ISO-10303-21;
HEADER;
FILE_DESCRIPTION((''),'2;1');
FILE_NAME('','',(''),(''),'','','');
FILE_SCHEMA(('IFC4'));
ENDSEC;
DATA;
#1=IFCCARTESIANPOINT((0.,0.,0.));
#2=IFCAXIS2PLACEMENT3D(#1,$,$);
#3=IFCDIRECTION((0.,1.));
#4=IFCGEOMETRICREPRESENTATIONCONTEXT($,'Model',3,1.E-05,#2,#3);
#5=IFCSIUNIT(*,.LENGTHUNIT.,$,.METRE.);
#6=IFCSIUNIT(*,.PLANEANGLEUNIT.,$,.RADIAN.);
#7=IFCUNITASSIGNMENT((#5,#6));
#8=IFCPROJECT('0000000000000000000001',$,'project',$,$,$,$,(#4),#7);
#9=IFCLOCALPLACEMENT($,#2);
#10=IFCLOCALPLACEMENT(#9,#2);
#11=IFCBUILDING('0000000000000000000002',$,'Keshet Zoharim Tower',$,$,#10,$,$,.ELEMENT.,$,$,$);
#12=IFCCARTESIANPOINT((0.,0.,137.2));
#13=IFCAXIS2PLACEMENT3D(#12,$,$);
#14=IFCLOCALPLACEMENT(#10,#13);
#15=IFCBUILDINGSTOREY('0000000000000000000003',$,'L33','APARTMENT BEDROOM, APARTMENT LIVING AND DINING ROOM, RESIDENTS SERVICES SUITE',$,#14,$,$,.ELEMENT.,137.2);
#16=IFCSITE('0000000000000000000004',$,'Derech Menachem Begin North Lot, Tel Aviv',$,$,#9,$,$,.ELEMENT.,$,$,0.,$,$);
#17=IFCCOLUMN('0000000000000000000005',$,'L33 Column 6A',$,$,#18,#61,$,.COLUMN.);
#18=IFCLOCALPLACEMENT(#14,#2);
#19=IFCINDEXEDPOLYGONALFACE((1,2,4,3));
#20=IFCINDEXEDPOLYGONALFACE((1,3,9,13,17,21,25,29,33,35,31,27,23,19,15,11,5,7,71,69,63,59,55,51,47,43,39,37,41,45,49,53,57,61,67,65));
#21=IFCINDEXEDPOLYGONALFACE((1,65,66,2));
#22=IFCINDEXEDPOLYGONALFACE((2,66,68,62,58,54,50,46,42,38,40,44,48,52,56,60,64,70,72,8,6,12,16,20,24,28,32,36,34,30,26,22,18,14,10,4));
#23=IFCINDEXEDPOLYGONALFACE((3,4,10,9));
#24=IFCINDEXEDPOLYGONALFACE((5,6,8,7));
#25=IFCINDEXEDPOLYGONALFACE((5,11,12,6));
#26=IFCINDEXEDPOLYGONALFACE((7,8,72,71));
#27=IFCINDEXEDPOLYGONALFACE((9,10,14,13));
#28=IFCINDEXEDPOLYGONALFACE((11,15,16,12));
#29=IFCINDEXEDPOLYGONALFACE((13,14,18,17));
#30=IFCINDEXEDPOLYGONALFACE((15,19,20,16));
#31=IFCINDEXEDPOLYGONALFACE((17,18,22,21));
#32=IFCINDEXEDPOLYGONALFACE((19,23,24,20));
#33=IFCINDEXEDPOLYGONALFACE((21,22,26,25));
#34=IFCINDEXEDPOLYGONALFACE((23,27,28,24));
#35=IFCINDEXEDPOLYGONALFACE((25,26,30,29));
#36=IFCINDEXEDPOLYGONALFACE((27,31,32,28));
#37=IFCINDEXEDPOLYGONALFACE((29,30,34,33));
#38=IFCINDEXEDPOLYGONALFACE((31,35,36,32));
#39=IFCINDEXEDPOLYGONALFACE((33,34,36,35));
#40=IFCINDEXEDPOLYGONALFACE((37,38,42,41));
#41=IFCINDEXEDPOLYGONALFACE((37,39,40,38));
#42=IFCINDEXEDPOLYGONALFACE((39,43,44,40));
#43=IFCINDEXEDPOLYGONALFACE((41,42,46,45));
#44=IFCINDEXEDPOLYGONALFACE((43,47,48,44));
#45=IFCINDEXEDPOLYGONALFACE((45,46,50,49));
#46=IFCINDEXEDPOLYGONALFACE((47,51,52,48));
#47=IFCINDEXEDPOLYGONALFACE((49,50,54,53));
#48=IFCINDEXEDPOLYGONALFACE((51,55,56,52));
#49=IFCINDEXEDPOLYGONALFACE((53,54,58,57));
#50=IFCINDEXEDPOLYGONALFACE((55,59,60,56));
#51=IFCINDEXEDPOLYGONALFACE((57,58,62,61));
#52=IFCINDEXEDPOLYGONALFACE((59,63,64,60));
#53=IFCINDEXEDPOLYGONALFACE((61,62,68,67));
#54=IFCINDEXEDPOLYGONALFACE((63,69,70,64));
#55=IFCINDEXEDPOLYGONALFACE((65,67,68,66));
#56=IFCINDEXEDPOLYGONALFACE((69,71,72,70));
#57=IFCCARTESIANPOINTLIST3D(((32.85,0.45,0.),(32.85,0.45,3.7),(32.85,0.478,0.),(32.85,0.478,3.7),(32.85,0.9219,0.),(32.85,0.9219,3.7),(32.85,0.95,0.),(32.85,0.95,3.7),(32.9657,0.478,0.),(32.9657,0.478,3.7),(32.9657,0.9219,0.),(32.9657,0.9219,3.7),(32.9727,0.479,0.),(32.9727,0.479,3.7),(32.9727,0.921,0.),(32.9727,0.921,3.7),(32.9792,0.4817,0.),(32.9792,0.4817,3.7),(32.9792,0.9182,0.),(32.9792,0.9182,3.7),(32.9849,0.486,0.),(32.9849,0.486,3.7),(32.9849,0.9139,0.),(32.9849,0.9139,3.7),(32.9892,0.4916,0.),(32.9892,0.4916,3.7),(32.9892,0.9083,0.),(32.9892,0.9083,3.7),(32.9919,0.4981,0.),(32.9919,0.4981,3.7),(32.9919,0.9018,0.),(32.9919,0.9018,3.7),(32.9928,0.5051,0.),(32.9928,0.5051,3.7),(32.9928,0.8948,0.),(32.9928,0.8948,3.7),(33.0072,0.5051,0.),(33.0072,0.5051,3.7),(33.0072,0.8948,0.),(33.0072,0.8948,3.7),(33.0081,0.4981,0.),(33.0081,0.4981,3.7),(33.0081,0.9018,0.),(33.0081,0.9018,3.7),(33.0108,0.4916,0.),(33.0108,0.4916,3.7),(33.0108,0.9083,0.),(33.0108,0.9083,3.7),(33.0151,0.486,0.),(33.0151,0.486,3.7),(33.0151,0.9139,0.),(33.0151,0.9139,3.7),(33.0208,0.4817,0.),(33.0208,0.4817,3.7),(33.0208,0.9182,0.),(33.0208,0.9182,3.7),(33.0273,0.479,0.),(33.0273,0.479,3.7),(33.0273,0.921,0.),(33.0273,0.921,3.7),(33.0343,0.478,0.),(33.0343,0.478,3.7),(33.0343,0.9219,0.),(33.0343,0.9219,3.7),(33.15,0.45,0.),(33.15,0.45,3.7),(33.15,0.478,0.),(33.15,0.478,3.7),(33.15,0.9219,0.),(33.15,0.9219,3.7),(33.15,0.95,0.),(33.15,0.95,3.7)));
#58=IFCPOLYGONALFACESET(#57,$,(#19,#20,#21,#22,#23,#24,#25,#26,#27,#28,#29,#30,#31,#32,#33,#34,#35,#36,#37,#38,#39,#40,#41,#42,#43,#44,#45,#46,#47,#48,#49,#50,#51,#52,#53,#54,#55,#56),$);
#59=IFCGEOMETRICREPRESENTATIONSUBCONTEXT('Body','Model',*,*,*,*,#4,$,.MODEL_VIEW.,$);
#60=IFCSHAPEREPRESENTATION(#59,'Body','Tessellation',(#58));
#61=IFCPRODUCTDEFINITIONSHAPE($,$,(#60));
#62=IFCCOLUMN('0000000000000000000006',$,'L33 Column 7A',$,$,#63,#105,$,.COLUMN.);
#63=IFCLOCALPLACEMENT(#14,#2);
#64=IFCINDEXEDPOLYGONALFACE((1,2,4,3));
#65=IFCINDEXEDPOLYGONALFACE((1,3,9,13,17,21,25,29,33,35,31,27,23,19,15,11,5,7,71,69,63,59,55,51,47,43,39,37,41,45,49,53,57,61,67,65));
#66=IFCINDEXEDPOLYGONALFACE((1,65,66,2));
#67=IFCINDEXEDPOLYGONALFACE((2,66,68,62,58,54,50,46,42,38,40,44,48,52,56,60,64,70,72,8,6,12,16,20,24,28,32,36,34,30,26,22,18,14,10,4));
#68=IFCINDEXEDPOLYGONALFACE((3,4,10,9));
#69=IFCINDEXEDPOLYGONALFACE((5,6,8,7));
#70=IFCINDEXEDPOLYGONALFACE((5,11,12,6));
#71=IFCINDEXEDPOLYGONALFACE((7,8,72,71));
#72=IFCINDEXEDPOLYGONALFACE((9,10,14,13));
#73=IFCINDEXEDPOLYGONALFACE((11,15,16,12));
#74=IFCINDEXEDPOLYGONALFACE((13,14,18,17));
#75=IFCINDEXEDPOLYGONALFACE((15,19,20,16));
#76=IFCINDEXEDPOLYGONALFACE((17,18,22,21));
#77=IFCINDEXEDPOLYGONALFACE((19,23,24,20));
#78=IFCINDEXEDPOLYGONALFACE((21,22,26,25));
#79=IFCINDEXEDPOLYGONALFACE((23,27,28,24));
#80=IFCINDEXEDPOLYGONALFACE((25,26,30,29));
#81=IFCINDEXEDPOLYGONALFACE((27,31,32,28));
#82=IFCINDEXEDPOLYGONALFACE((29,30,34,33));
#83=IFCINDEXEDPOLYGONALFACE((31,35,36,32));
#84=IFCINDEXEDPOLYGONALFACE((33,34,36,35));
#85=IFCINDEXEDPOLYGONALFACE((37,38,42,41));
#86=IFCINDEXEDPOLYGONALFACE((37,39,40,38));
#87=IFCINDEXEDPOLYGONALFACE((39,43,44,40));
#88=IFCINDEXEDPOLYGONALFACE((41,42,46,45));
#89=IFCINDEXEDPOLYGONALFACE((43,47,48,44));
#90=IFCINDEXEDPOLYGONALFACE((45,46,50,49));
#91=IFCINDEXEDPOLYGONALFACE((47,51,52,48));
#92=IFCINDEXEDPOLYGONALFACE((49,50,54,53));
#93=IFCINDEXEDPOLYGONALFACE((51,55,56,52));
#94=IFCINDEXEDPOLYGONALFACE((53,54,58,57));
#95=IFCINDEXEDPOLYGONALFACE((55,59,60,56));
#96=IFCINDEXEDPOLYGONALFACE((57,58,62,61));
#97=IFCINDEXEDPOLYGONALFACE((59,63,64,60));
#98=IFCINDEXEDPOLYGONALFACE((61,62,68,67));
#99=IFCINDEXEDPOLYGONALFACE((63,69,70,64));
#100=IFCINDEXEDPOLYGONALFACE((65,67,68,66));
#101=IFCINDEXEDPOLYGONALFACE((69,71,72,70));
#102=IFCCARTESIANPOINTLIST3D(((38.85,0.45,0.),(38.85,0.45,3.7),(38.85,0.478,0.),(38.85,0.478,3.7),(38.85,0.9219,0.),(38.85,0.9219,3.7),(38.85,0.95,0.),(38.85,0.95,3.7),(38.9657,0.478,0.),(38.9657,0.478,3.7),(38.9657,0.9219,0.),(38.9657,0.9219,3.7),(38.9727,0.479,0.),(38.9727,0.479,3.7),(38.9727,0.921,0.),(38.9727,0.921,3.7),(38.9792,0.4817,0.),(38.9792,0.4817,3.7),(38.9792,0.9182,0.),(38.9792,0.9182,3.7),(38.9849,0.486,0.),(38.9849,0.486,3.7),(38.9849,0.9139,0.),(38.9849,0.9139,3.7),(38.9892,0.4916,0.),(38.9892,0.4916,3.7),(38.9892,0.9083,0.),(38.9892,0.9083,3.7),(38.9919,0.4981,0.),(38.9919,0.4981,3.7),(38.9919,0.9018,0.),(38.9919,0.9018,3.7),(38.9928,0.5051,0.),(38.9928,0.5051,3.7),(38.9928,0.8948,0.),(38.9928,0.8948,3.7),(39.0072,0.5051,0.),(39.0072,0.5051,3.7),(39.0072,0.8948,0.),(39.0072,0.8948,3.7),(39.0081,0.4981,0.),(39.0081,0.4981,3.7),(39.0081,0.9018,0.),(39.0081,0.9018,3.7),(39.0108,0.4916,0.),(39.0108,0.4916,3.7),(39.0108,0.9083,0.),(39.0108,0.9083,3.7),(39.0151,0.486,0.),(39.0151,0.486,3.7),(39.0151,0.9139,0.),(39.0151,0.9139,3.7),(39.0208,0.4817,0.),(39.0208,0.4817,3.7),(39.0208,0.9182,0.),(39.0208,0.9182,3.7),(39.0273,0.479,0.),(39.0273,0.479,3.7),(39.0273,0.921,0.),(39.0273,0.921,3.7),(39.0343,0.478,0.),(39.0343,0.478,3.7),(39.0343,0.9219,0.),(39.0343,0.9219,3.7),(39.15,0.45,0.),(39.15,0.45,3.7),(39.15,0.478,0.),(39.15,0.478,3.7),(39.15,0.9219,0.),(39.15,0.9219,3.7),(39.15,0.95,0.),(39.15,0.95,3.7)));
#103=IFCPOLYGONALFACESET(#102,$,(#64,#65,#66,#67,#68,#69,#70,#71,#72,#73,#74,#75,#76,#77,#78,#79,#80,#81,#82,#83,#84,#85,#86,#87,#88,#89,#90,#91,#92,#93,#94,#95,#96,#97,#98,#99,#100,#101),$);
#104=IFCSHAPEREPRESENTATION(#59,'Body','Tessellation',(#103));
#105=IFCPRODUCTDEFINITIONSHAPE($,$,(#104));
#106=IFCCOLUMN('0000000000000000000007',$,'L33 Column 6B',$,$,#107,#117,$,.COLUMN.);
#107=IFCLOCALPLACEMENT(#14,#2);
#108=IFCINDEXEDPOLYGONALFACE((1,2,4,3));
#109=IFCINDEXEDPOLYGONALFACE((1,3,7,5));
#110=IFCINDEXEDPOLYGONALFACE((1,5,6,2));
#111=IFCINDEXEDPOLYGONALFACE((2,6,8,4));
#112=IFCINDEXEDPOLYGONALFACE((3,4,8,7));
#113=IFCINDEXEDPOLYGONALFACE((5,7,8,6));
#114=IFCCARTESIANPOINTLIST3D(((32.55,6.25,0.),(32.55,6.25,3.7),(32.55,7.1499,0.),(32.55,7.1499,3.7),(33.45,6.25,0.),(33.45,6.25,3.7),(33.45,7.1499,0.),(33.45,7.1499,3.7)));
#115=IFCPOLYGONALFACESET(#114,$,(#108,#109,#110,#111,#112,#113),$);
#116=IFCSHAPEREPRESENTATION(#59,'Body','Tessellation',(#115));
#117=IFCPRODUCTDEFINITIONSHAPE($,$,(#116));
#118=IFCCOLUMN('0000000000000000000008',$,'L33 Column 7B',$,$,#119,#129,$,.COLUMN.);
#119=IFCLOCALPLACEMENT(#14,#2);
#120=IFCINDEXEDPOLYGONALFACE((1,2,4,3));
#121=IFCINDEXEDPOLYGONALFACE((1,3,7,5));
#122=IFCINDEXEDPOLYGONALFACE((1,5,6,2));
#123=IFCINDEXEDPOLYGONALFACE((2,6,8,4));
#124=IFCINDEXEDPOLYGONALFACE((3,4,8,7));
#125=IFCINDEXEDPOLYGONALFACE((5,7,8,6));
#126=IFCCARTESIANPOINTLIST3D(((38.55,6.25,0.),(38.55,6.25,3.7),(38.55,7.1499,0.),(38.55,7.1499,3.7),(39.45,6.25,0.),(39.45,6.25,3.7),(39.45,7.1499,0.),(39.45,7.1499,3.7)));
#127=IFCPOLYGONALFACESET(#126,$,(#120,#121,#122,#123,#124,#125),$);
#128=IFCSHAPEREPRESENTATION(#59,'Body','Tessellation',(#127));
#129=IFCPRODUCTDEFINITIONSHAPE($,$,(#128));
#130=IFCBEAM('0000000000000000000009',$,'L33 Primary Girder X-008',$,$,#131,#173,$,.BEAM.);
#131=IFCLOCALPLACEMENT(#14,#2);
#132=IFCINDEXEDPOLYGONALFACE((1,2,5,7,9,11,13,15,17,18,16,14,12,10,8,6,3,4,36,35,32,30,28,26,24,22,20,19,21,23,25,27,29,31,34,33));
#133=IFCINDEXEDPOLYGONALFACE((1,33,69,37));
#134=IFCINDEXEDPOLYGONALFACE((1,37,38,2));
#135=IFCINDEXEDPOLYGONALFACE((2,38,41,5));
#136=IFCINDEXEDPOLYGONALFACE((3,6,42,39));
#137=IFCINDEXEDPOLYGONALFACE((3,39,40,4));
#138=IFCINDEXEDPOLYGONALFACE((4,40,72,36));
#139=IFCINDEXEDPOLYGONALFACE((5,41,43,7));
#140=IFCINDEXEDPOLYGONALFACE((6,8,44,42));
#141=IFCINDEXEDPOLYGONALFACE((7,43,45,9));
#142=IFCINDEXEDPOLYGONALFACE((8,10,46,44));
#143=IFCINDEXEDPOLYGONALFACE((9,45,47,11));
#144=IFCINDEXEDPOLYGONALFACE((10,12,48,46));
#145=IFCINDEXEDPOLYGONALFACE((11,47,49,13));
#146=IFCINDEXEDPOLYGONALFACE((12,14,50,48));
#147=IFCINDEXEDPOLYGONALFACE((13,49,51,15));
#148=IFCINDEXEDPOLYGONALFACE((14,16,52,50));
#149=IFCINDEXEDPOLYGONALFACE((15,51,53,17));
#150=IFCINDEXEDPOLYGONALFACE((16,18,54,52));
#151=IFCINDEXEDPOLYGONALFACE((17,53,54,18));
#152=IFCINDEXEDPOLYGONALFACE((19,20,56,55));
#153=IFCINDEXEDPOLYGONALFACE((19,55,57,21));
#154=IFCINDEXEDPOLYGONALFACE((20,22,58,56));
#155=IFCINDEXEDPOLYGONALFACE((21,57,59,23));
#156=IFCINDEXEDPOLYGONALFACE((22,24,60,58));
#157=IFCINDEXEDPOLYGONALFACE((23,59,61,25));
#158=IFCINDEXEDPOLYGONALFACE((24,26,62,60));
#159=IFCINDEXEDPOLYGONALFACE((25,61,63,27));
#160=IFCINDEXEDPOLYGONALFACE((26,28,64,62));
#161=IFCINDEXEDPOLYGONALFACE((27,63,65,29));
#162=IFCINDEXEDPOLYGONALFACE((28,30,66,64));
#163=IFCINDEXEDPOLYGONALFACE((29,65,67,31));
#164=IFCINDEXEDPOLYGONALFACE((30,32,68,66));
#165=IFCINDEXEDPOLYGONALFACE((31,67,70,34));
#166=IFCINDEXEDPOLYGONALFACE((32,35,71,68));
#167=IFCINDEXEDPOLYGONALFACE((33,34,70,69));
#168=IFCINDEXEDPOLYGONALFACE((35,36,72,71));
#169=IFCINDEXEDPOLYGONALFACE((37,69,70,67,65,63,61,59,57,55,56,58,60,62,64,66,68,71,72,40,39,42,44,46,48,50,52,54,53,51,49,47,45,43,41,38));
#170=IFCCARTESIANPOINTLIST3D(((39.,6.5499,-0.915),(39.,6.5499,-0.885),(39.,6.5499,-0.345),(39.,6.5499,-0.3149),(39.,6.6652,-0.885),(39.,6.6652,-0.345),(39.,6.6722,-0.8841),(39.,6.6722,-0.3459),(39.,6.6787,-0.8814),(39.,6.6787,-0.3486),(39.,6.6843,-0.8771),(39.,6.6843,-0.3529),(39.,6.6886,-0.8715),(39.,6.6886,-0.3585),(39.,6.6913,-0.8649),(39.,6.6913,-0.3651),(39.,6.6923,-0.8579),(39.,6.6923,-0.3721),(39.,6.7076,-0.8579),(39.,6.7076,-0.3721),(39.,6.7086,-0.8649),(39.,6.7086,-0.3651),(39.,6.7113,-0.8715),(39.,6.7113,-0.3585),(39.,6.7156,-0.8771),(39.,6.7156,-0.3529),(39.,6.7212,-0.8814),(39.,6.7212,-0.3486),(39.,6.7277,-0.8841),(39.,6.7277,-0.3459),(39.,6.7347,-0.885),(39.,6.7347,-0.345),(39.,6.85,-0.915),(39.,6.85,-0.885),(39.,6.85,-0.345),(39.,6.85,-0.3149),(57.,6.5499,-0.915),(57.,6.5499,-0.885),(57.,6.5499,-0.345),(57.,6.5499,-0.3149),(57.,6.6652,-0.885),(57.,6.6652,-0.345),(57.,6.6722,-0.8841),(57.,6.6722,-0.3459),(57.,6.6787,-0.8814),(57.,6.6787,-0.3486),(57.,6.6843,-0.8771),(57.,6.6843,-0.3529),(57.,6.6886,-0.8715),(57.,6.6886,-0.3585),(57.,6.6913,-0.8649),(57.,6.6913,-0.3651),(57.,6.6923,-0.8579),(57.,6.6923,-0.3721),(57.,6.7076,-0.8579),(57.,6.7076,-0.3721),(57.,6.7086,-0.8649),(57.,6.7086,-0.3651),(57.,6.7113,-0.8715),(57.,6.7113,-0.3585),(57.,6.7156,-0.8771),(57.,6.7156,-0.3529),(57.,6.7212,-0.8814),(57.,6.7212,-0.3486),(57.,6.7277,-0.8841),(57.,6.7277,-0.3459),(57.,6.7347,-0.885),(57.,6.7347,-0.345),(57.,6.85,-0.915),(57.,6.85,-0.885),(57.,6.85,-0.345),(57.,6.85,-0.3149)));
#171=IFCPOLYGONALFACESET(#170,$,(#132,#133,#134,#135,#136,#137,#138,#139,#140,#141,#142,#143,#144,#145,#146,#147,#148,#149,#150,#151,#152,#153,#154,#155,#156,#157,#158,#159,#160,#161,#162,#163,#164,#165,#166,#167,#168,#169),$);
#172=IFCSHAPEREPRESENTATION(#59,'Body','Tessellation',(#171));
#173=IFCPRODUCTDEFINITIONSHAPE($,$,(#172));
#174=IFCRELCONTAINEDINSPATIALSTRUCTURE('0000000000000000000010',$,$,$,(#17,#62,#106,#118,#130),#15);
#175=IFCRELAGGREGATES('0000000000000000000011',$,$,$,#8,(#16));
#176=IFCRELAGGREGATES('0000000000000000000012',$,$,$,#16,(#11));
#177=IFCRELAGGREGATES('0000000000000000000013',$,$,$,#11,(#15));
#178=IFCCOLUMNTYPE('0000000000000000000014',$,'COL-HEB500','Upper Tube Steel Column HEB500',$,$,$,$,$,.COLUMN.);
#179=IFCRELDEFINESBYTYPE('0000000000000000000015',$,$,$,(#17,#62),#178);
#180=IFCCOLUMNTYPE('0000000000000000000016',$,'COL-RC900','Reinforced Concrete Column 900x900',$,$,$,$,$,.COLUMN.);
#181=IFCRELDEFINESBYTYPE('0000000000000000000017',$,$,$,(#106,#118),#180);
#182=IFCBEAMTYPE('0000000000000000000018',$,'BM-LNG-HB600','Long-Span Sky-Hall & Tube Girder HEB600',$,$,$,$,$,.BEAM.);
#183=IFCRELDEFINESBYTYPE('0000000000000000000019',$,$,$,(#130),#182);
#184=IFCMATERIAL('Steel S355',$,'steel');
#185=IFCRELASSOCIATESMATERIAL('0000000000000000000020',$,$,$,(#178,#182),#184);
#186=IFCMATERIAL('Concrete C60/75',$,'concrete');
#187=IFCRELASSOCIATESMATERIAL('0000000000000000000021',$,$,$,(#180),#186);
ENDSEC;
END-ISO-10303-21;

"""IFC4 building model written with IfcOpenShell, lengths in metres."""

from ifc_helpers import new_model, si_unit, direction, frame, origin, origin_2d, place, context, subcontext, project, spatial, rectangle, i_section, extrude, material, material_profile, profile_set, type_object, element, save


model = new_model("IFC4")

# Units and contexts
model_context = context("Model", 3, precision=1e-05, world=origin(), true_north=direction((0.0, 1.0)))
body_context = subcontext(model_context, "Body", "Model", "MODEL_VIEW")
ifc_project = project(units=[si_unit("LENGTHUNIT", "METRE"), si_unit("PLANEANGLEUNIT", "RADIAN")], contexts=[model_context])

# Site, building, storey
site_placement = place(None, origin())
site = spatial("IfcSite", under=ifc_project, at=site_placement, Name="Derech Menachem Begin North Lot, Tel Aviv", CompositionType="ELEMENT", RefElevation=0.0)
building_placement = place(site_placement, origin())
building = spatial("IfcBuilding", under=site, at=building_placement, Name="Keshet Zoharim Tower", CompositionType="ELEMENT")
storey_placement = place(building_placement, frame((0.0, 0.0, 137.2)))
storey = spatial("IfcBuildingStorey", under=building, at=storey_placement, Name="L33", Description="APARTMENT BEDROOM, APARTMENT LIVING AND DINING ROOM, RESIDENTS SERVICES SUITE", CompositionType="ELEMENT", Elevation=137.2)

# Columns
ifc_material_1 = material(Name="Steel S355", Category="steel")
ifc_material_profile_1 = material_profile(ifc_material_1, i_section(OverallWidth=0.3, OverallDepth=0.5, WebThickness=0.0144, FlangeThickness=0.0281, FilletRadius=0.0271, at=origin_2d()), Name="HEB500")
ifc_profile_set_1 = profile_set([ifc_material_profile_1], Name="Steel S355")
column_type_1 = type_object("IfcColumnType", Name="COL-HEB500", Description="Upper Tube Steel Column HEB500", PredefinedType="COLUMN", material=ifc_profile_set_1)
for number, where, z_axis, x_axis, name in (
    (1, (33.0, 0.7, 0.0), (0.0, 0.0, 1.0), (1.0, 0.0, 0.0), "L33 Column 6A"),
    (2, (39.0, 0.7, 0.0), (0.0, 0.0, 1.0), (1.0, 0.0, 0.0), "L33 Column 7A"),
):
    element("IfcColumn", number, at=place(storey_placement, frame(where, z_axis=z_axis, x_axis=x_axis)), inside=storey, type_object=column_type_1, Name=name, PredefinedType="COLUMN", context=body_context, shape_type="SweptSolid", body=[
        extrude(i_section(OverallWidth=0.3, OverallDepth=0.5, WebThickness=0.0144, FlangeThickness=0.0281, FilletRadius=0.0271, at=origin_2d()), origin(), (0.0, 0.0, 1.0), 3.7),
    ])
ifc_material_2 = material(Name="Concrete C60/75", Category="concrete")
ifc_material_profile_2 = material_profile(ifc_material_2, rectangle(XDim=0.8999, YDim=0.8999, at=origin_2d()), Name="RC900x900")
ifc_profile_set_2 = profile_set([ifc_material_profile_2], Name="Concrete C60/75")
column_type_2 = type_object("IfcColumnType", Name="COL-RC900", Description="Reinforced Concrete Column 900x900", PredefinedType="COLUMN", material=ifc_profile_set_2)
for number, where, z_axis, x_axis, name in (
    (3, (33.0, 6.7, 0.0), (0.0, 0.0, 1.0), (1.0, 0.0, 0.0), "L33 Column 6B"),
    (4, (39.0, 6.7, 0.0), (0.0, 0.0, 1.0), (1.0, 0.0, 0.0), "L33 Column 7B"),
):
    element("IfcColumn", number, at=place(storey_placement, frame(where, z_axis=z_axis, x_axis=x_axis)), inside=storey, type_object=column_type_2, Name=name, PredefinedType="COLUMN", context=body_context, shape_type="SweptSolid", body=[
        extrude(rectangle(XDim=0.8999, YDim=0.8999, at=origin_2d()), origin(), (0.0, 0.0, 1.0), 3.7),
    ])

# Beam
ifc_material_profile_3 = material_profile(ifc_material_1, i_section(OverallWidth=0.3, OverallDepth=0.6001, WebThickness=0.0154, FlangeThickness=0.03, FilletRadius=0.0271, at=origin_2d()), Name="HEB600")
ifc_profile_set_3 = profile_set([ifc_material_profile_3], Name="Steel S355")
beam_type_1 = type_object("IfcBeamType", Name="BM-LNG-HB600", Description="Long-Span Sky-Hall & Tube Girder HEB600", PredefinedType="BEAM", material=ifc_profile_set_3)
beam_placement = place(storey_placement, frame((39.0, 6.7, -0.615), z_axis=(1.0, 0.0, 0.0), x_axis=(0.0, 1.0, 0.0)))
element("IfcBeam", 5, at=beam_placement, inside=storey, type_object=beam_type_1, Name="L33 Primary Girder X-008", PredefinedType="BEAM", context=body_context, shape_type="SweptSolid", body=[
    extrude(i_section(OverallWidth=0.3, OverallDepth=0.6001, WebThickness=0.0154, FlangeThickness=0.03, FilletRadius=0.0271, at=origin_2d()), origin(), (0.0, 0.0, 1.0), 18.0),
])

save(model, "model.ifc")
